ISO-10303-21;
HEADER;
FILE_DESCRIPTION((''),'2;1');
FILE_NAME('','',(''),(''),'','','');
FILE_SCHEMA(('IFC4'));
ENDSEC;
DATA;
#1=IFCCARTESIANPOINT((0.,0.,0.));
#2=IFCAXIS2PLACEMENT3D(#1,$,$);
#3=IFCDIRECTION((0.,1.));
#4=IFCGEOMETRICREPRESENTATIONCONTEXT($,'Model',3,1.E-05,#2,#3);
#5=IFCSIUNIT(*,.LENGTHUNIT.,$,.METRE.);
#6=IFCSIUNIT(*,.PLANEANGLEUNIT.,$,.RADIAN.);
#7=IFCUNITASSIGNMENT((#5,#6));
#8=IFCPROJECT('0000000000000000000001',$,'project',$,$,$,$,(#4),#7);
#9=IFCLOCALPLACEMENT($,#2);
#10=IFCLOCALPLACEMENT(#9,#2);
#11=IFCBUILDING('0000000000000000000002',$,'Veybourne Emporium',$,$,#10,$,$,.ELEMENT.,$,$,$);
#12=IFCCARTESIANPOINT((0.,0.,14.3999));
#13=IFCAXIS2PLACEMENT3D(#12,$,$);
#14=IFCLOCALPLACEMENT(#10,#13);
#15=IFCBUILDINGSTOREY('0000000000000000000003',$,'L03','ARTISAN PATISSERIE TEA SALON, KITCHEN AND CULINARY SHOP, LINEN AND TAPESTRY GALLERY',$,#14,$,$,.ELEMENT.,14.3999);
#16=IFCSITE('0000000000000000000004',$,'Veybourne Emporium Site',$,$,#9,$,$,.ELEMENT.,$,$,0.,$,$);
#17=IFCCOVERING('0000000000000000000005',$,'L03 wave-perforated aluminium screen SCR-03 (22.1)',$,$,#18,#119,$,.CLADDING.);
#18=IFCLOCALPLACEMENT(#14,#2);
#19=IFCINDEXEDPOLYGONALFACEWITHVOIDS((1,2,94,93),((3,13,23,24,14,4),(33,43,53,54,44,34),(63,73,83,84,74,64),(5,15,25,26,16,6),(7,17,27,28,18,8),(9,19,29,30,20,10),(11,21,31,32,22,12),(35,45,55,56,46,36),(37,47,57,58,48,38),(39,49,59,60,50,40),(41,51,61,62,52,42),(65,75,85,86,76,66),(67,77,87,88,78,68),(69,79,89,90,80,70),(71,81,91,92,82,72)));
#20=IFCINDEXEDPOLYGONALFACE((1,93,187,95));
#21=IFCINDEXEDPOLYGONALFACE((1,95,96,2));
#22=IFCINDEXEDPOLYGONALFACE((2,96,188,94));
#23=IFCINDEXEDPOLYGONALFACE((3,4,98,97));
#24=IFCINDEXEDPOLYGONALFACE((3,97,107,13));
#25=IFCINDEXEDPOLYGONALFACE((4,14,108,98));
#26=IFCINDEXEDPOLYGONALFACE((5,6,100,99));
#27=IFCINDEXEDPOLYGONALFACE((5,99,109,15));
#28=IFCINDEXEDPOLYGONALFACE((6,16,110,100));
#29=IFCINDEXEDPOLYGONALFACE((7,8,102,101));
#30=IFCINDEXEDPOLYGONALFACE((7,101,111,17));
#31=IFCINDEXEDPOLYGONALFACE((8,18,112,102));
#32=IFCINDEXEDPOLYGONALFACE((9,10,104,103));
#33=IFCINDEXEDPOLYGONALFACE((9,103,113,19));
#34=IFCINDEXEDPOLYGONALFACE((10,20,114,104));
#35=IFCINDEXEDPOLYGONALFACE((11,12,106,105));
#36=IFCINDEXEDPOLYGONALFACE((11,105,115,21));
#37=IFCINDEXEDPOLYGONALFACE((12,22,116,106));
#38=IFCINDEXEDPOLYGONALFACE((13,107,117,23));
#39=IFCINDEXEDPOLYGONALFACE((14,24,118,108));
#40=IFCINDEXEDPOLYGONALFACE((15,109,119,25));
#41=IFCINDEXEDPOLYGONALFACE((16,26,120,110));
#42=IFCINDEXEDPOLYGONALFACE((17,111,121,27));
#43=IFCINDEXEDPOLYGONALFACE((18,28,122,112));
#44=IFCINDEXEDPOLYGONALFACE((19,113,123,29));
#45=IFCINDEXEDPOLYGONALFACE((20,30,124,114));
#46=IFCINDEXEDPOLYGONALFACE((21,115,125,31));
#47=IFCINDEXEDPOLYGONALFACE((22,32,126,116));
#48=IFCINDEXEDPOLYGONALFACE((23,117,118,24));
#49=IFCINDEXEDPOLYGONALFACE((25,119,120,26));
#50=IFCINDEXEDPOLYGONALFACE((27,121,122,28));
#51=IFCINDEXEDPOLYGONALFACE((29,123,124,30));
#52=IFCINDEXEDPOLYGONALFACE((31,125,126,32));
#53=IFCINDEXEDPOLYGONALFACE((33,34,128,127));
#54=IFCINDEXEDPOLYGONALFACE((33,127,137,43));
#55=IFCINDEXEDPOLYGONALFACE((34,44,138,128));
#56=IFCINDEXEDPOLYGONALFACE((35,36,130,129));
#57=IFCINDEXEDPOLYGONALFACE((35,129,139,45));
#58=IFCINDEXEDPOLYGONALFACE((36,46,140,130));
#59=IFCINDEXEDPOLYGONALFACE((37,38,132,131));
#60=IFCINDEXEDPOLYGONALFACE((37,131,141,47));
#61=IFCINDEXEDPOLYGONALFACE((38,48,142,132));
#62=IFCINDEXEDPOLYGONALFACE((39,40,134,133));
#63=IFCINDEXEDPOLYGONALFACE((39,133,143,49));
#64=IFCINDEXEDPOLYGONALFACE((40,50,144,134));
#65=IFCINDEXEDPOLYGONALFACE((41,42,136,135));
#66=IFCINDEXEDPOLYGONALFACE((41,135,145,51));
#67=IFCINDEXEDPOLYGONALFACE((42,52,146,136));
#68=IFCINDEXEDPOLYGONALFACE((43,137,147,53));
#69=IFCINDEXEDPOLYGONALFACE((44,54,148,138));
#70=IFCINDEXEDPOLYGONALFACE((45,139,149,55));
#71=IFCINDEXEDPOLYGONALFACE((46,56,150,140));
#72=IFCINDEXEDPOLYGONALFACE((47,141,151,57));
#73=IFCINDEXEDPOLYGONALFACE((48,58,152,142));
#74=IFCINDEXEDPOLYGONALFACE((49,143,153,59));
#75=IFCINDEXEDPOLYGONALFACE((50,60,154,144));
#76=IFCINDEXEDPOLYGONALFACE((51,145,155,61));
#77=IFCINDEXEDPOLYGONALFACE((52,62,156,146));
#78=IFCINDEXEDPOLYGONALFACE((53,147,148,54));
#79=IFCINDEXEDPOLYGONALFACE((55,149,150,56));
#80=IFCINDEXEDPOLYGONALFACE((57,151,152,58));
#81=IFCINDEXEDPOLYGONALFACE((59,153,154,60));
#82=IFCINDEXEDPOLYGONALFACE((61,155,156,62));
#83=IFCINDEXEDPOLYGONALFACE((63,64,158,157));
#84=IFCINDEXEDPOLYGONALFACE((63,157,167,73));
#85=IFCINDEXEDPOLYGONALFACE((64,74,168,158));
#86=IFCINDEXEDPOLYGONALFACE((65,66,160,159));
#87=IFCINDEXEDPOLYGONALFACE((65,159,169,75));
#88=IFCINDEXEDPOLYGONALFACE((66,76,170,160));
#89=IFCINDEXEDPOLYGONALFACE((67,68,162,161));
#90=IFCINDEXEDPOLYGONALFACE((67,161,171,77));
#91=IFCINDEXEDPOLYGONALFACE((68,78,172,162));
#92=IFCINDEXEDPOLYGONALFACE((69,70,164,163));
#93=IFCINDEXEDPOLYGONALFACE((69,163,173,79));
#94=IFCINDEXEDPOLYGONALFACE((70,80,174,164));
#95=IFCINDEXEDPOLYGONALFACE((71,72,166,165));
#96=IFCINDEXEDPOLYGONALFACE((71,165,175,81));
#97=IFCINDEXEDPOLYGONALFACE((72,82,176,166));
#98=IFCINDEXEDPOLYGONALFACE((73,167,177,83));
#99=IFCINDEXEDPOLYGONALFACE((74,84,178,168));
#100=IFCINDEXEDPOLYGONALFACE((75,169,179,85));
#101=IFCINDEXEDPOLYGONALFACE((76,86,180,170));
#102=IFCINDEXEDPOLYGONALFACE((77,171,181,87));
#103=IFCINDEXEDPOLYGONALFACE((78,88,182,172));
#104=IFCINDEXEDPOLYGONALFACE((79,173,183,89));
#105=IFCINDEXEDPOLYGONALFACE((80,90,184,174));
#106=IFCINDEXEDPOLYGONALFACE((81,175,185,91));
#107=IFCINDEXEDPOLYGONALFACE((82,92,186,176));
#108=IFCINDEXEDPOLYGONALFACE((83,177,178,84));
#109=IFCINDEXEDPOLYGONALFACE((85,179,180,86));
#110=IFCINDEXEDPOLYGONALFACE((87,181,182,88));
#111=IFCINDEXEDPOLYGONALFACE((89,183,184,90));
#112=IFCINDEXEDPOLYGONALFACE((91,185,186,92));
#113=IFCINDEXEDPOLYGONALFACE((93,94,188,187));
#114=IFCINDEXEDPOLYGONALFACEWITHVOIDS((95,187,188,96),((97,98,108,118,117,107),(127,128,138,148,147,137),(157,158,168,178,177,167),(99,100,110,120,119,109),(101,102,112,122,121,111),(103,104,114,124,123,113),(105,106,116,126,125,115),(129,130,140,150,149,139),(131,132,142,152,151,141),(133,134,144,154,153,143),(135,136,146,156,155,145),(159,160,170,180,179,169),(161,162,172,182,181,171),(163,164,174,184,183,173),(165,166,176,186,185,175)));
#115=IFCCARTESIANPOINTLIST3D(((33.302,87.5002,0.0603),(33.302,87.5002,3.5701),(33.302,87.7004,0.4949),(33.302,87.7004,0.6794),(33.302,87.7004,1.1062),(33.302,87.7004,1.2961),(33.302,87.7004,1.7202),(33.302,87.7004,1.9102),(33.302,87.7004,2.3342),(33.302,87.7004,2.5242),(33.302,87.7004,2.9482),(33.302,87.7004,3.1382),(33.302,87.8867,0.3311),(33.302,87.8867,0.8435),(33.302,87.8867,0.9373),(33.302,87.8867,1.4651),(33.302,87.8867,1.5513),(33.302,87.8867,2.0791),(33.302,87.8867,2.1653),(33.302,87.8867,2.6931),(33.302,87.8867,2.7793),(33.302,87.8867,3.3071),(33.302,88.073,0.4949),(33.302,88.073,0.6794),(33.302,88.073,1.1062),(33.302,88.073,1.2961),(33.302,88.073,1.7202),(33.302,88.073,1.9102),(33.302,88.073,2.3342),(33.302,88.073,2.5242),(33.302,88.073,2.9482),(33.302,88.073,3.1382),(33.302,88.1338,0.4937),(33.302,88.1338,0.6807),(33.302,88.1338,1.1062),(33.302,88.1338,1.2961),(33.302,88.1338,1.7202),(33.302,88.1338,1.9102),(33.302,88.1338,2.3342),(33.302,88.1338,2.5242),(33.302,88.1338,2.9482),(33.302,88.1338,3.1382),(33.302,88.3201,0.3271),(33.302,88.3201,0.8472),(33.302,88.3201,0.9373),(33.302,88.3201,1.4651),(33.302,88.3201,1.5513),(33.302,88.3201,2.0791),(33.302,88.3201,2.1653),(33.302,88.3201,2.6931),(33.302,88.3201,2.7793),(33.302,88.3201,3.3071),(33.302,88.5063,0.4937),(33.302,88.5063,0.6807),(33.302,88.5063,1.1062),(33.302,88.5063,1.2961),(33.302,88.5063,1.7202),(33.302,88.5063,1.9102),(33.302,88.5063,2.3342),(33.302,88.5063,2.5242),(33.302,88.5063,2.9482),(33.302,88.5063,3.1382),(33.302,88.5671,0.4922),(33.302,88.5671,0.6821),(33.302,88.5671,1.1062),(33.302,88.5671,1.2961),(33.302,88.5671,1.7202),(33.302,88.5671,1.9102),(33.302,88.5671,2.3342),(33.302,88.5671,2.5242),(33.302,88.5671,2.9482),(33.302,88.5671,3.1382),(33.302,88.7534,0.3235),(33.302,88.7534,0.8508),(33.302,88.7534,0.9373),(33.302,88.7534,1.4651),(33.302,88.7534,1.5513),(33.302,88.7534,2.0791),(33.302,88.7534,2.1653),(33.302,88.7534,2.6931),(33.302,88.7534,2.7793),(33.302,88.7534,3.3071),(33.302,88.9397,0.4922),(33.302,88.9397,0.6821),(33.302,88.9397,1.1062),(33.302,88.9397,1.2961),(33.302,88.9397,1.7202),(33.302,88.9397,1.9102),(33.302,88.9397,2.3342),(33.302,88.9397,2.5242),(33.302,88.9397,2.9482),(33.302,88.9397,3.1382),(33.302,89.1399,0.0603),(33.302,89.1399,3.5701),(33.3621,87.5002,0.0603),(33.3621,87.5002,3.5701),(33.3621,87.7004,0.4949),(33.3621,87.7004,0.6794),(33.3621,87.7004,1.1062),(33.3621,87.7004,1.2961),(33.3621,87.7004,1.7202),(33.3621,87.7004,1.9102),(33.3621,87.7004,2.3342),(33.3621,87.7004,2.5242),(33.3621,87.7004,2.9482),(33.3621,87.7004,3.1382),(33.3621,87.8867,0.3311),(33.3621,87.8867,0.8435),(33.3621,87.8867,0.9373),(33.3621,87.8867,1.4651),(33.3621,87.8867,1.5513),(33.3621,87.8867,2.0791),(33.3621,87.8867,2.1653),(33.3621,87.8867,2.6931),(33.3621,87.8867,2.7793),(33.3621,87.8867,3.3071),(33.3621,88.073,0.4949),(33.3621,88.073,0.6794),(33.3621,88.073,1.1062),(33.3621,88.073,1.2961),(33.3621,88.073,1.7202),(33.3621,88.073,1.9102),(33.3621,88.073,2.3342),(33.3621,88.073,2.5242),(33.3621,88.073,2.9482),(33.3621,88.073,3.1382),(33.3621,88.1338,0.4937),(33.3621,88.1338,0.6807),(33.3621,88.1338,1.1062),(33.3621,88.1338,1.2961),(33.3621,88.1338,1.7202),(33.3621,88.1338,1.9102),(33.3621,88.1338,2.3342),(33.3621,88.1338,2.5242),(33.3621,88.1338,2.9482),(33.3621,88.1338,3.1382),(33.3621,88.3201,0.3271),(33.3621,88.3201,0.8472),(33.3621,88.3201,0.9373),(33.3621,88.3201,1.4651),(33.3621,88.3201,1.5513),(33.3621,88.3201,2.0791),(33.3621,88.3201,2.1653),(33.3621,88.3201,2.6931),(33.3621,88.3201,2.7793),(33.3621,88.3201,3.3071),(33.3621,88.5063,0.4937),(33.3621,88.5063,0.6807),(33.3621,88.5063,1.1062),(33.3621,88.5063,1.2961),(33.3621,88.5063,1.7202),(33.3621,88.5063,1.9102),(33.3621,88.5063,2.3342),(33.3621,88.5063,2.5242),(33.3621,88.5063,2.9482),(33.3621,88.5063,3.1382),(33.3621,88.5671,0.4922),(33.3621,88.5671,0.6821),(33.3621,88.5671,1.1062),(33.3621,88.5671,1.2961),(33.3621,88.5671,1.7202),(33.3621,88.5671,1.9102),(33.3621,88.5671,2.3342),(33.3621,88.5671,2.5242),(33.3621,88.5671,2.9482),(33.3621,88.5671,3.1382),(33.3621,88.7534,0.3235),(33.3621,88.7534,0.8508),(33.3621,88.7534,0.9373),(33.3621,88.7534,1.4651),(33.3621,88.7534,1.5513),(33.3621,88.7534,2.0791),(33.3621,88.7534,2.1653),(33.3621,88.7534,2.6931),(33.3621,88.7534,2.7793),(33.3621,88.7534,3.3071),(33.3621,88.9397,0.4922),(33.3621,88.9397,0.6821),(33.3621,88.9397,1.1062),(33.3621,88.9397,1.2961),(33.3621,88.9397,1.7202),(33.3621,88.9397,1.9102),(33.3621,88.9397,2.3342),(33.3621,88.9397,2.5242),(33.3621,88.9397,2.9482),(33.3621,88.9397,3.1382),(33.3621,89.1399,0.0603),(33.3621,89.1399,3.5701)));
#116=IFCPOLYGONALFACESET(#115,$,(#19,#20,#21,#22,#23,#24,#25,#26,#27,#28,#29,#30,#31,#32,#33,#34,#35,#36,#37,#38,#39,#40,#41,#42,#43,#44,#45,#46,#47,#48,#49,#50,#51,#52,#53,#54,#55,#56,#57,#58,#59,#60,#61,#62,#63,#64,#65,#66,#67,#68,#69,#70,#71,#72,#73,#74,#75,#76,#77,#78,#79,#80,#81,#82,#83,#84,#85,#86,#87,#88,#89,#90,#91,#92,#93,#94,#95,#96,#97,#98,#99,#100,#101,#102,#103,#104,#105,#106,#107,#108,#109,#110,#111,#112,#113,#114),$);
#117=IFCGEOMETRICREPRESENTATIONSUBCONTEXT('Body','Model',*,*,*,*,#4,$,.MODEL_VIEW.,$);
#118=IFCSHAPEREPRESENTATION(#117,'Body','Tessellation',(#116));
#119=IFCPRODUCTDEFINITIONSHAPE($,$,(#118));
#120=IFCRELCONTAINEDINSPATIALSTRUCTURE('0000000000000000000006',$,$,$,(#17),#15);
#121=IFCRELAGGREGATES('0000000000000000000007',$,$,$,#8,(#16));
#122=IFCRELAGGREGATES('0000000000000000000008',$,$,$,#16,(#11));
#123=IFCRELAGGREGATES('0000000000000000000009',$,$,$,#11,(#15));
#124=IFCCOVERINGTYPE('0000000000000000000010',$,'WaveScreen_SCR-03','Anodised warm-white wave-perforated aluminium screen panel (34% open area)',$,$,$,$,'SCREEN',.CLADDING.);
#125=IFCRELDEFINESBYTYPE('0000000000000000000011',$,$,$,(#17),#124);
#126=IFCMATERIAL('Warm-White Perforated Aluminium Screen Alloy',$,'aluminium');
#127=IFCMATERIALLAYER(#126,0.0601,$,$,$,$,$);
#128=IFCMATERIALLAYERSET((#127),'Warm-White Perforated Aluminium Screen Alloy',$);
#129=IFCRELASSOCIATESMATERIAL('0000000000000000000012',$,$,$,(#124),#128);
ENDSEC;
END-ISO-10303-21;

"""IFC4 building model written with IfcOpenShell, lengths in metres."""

from ifc_helpers import new_model, si_unit, direction, frame, origin, place, context, subcontext, project, spatial, polyline, outline, extrude, material, layer, layer_set, type_object, element, save


model = new_model("IFC4")

# Units and contexts
model_context = context("Model", 3, precision=1e-05, world=origin(), true_north=direction((0.0, 1.0)))
body_context = subcontext(model_context, "Body", "Model", "MODEL_VIEW")
ifc_project = project(units=[si_unit("LENGTHUNIT", "METRE"), si_unit("PLANEANGLEUNIT", "RADIAN")], contexts=[model_context])

# Site, building, storey
site_placement = place(None, origin())
site = spatial("IfcSite", under=ifc_project, at=site_placement, Name="Veybourne Emporium Site", CompositionType="ELEMENT", RefElevation=0.0)
building_placement = place(site_placement, origin())
building = spatial("IfcBuilding", under=site, at=building_placement, Name="Veybourne Emporium", CompositionType="ELEMENT")
storey_placement = place(building_placement, frame((0.0, 0.0, 14.3999)))
storey = spatial("IfcBuildingStorey", under=building, at=storey_placement, Name="L03", Description="ARTISAN PATISSERIE TEA SALON, KITCHEN AND CULINARY SHOP, LINEN AND TAPESTRY GALLERY", CompositionType="ELEMENT", Elevation=14.3999)

# Covering
ifc_material_1 = material(Name="Warm-White Perforated Aluminium Screen Alloy", Category="aluminium")
ifc_layer_1 = layer(ifc_material_1, 0.0601)
ifc_layer_set_1 = layer_set([ifc_layer_1], Name="Warm-White Perforated Aluminium Screen Alloy")
covering_type_1 = type_object("IfcCoveringType", Name="WaveScreen_SCR-03", Description="Anodised warm-white wave-perforated aluminium screen panel (34% open area)", ElementType="SCREEN", PredefinedType="CLADDING", material=ifc_layer_set_1)
covering_1_placement = place(storey_placement, frame((33.302, 88.3201, 1.8152), z_axis=(1.0, 0.0, 0.0), x_axis=(0.0, 1.0, 0.0)))
element("IfcCovering", 1, at=covering_1_placement, inside=storey, type_object=covering_type_1, Name="L03 wave-perforated aluminium screen SCR-03 (22.1)", PredefinedType="CLADDING", context=body_context, shape_type="SweptSolid", body=[
    extrude(outline(polyline([(-0.8198, -1.7549), (0.8198, -1.7549), (0.8198, 1.7549), (-0.8198, 1.7549), (-0.8198, -1.7549)]), holes=[polyline([(-0.4333, -0.9717), (-0.2471, -1.1357), (-0.2471, -1.3203), (-0.4333, -1.4841), (-0.6196, -1.3203), (-0.6196, -1.1357), (-0.4333, -0.9717)]), polyline([(-0.4333, -0.3501), (-0.2471, -0.519), (-0.2471, -0.709), (-0.4333, -0.8779), (-0.6196, -0.709), (-0.6196, -0.519), (-0.4333, -0.3501)]), polyline([(-0.4333, 0.2639), (-0.2471, 0.095), (-0.2471, -0.095), (-0.4333, -0.2639), (-0.6196, -0.095), (-0.6196, 0.095), (-0.4333, 0.2639)]), polyline([(-0.4333, 0.8779), (-0.2471, 0.709), (-0.2471, 0.519), (-0.4333, 0.3501), (-0.6196, 0.519), (-0.6196, 0.709), (-0.4333, 0.8779)]), polyline([(-0.4333, 1.4919), (-0.2471, 1.323), (-0.2471, 1.1331), (-0.4333, 0.9641), (-0.6196, 1.1331), (-0.6196, 1.323), (-0.4333, 1.4919)]), polyline([(0.0, -0.968), (0.1863, -1.1345), (0.1863, -1.3215), (0.0, -1.488), (-0.1863, -1.3215), (-0.1863, -1.1345), (0.0, -0.968)]), polyline([(0.0, -0.3501), (0.1863, -0.519), (0.1863, -0.709), (0.0, -0.8779), (-0.1863, -0.709), (-0.1863, -0.519), (0.0, -0.3501)]), polyline([(0.0, 0.2639), (0.1863, 0.095), (0.1863, -0.095), (0.0, -0.2639), (-0.1863, -0.095), (-0.1863, 0.095), (0.0, 0.2639)]), polyline([(0.0, 0.8779), (0.1863, 0.709), (0.1863, 0.519), (0.0, 0.3501), (-0.1863, 0.519), (-0.1863, 0.709), (0.0, 0.8779)]), polyline([(0.0, 1.4919), (0.1863, 1.323), (0.1863, 1.1331), (0.0, 0.9641), (-0.1863, 1.1331), (-0.1863, 1.323), (0.0, 1.4919)]), polyline([(0.4333, -0.9644), (0.6196, -1.1331), (0.6196, -1.323), (0.4333, -1.4917), (0.2471, -1.323), (0.2471, -1.1331), (0.4333, -0.9644)]), polyline([(0.4333, -0.3501), (0.6196, -0.519), (0.6196, -0.709), (0.4333, -0.8779), (0.2471, -0.709), (0.2471, -0.519), (0.4333, -0.3501)]), polyline([(0.4333, 0.2639), (0.6196, 0.095), (0.6196, -0.095), (0.4333, -0.2639), (0.2471, -0.095), (0.2471, 0.095), (0.4333, 0.2639)]), polyline([(0.4333, 0.8779), (0.6196, 0.709), (0.6196, 0.519), (0.4333, 0.3501), (0.2471, 0.519), (0.2471, 0.709), (0.4333, 0.8779)]), polyline([(0.4333, 1.4919), (0.6196, 1.323), (0.6196, 1.1331), (0.4333, 0.9641), (0.2471, 1.1331), (0.2471, 1.323), (0.4333, 1.4919)])]), origin(), (0.0, 0.0, 1.0), 0.0601),
])

save(model, "model.ifc")
